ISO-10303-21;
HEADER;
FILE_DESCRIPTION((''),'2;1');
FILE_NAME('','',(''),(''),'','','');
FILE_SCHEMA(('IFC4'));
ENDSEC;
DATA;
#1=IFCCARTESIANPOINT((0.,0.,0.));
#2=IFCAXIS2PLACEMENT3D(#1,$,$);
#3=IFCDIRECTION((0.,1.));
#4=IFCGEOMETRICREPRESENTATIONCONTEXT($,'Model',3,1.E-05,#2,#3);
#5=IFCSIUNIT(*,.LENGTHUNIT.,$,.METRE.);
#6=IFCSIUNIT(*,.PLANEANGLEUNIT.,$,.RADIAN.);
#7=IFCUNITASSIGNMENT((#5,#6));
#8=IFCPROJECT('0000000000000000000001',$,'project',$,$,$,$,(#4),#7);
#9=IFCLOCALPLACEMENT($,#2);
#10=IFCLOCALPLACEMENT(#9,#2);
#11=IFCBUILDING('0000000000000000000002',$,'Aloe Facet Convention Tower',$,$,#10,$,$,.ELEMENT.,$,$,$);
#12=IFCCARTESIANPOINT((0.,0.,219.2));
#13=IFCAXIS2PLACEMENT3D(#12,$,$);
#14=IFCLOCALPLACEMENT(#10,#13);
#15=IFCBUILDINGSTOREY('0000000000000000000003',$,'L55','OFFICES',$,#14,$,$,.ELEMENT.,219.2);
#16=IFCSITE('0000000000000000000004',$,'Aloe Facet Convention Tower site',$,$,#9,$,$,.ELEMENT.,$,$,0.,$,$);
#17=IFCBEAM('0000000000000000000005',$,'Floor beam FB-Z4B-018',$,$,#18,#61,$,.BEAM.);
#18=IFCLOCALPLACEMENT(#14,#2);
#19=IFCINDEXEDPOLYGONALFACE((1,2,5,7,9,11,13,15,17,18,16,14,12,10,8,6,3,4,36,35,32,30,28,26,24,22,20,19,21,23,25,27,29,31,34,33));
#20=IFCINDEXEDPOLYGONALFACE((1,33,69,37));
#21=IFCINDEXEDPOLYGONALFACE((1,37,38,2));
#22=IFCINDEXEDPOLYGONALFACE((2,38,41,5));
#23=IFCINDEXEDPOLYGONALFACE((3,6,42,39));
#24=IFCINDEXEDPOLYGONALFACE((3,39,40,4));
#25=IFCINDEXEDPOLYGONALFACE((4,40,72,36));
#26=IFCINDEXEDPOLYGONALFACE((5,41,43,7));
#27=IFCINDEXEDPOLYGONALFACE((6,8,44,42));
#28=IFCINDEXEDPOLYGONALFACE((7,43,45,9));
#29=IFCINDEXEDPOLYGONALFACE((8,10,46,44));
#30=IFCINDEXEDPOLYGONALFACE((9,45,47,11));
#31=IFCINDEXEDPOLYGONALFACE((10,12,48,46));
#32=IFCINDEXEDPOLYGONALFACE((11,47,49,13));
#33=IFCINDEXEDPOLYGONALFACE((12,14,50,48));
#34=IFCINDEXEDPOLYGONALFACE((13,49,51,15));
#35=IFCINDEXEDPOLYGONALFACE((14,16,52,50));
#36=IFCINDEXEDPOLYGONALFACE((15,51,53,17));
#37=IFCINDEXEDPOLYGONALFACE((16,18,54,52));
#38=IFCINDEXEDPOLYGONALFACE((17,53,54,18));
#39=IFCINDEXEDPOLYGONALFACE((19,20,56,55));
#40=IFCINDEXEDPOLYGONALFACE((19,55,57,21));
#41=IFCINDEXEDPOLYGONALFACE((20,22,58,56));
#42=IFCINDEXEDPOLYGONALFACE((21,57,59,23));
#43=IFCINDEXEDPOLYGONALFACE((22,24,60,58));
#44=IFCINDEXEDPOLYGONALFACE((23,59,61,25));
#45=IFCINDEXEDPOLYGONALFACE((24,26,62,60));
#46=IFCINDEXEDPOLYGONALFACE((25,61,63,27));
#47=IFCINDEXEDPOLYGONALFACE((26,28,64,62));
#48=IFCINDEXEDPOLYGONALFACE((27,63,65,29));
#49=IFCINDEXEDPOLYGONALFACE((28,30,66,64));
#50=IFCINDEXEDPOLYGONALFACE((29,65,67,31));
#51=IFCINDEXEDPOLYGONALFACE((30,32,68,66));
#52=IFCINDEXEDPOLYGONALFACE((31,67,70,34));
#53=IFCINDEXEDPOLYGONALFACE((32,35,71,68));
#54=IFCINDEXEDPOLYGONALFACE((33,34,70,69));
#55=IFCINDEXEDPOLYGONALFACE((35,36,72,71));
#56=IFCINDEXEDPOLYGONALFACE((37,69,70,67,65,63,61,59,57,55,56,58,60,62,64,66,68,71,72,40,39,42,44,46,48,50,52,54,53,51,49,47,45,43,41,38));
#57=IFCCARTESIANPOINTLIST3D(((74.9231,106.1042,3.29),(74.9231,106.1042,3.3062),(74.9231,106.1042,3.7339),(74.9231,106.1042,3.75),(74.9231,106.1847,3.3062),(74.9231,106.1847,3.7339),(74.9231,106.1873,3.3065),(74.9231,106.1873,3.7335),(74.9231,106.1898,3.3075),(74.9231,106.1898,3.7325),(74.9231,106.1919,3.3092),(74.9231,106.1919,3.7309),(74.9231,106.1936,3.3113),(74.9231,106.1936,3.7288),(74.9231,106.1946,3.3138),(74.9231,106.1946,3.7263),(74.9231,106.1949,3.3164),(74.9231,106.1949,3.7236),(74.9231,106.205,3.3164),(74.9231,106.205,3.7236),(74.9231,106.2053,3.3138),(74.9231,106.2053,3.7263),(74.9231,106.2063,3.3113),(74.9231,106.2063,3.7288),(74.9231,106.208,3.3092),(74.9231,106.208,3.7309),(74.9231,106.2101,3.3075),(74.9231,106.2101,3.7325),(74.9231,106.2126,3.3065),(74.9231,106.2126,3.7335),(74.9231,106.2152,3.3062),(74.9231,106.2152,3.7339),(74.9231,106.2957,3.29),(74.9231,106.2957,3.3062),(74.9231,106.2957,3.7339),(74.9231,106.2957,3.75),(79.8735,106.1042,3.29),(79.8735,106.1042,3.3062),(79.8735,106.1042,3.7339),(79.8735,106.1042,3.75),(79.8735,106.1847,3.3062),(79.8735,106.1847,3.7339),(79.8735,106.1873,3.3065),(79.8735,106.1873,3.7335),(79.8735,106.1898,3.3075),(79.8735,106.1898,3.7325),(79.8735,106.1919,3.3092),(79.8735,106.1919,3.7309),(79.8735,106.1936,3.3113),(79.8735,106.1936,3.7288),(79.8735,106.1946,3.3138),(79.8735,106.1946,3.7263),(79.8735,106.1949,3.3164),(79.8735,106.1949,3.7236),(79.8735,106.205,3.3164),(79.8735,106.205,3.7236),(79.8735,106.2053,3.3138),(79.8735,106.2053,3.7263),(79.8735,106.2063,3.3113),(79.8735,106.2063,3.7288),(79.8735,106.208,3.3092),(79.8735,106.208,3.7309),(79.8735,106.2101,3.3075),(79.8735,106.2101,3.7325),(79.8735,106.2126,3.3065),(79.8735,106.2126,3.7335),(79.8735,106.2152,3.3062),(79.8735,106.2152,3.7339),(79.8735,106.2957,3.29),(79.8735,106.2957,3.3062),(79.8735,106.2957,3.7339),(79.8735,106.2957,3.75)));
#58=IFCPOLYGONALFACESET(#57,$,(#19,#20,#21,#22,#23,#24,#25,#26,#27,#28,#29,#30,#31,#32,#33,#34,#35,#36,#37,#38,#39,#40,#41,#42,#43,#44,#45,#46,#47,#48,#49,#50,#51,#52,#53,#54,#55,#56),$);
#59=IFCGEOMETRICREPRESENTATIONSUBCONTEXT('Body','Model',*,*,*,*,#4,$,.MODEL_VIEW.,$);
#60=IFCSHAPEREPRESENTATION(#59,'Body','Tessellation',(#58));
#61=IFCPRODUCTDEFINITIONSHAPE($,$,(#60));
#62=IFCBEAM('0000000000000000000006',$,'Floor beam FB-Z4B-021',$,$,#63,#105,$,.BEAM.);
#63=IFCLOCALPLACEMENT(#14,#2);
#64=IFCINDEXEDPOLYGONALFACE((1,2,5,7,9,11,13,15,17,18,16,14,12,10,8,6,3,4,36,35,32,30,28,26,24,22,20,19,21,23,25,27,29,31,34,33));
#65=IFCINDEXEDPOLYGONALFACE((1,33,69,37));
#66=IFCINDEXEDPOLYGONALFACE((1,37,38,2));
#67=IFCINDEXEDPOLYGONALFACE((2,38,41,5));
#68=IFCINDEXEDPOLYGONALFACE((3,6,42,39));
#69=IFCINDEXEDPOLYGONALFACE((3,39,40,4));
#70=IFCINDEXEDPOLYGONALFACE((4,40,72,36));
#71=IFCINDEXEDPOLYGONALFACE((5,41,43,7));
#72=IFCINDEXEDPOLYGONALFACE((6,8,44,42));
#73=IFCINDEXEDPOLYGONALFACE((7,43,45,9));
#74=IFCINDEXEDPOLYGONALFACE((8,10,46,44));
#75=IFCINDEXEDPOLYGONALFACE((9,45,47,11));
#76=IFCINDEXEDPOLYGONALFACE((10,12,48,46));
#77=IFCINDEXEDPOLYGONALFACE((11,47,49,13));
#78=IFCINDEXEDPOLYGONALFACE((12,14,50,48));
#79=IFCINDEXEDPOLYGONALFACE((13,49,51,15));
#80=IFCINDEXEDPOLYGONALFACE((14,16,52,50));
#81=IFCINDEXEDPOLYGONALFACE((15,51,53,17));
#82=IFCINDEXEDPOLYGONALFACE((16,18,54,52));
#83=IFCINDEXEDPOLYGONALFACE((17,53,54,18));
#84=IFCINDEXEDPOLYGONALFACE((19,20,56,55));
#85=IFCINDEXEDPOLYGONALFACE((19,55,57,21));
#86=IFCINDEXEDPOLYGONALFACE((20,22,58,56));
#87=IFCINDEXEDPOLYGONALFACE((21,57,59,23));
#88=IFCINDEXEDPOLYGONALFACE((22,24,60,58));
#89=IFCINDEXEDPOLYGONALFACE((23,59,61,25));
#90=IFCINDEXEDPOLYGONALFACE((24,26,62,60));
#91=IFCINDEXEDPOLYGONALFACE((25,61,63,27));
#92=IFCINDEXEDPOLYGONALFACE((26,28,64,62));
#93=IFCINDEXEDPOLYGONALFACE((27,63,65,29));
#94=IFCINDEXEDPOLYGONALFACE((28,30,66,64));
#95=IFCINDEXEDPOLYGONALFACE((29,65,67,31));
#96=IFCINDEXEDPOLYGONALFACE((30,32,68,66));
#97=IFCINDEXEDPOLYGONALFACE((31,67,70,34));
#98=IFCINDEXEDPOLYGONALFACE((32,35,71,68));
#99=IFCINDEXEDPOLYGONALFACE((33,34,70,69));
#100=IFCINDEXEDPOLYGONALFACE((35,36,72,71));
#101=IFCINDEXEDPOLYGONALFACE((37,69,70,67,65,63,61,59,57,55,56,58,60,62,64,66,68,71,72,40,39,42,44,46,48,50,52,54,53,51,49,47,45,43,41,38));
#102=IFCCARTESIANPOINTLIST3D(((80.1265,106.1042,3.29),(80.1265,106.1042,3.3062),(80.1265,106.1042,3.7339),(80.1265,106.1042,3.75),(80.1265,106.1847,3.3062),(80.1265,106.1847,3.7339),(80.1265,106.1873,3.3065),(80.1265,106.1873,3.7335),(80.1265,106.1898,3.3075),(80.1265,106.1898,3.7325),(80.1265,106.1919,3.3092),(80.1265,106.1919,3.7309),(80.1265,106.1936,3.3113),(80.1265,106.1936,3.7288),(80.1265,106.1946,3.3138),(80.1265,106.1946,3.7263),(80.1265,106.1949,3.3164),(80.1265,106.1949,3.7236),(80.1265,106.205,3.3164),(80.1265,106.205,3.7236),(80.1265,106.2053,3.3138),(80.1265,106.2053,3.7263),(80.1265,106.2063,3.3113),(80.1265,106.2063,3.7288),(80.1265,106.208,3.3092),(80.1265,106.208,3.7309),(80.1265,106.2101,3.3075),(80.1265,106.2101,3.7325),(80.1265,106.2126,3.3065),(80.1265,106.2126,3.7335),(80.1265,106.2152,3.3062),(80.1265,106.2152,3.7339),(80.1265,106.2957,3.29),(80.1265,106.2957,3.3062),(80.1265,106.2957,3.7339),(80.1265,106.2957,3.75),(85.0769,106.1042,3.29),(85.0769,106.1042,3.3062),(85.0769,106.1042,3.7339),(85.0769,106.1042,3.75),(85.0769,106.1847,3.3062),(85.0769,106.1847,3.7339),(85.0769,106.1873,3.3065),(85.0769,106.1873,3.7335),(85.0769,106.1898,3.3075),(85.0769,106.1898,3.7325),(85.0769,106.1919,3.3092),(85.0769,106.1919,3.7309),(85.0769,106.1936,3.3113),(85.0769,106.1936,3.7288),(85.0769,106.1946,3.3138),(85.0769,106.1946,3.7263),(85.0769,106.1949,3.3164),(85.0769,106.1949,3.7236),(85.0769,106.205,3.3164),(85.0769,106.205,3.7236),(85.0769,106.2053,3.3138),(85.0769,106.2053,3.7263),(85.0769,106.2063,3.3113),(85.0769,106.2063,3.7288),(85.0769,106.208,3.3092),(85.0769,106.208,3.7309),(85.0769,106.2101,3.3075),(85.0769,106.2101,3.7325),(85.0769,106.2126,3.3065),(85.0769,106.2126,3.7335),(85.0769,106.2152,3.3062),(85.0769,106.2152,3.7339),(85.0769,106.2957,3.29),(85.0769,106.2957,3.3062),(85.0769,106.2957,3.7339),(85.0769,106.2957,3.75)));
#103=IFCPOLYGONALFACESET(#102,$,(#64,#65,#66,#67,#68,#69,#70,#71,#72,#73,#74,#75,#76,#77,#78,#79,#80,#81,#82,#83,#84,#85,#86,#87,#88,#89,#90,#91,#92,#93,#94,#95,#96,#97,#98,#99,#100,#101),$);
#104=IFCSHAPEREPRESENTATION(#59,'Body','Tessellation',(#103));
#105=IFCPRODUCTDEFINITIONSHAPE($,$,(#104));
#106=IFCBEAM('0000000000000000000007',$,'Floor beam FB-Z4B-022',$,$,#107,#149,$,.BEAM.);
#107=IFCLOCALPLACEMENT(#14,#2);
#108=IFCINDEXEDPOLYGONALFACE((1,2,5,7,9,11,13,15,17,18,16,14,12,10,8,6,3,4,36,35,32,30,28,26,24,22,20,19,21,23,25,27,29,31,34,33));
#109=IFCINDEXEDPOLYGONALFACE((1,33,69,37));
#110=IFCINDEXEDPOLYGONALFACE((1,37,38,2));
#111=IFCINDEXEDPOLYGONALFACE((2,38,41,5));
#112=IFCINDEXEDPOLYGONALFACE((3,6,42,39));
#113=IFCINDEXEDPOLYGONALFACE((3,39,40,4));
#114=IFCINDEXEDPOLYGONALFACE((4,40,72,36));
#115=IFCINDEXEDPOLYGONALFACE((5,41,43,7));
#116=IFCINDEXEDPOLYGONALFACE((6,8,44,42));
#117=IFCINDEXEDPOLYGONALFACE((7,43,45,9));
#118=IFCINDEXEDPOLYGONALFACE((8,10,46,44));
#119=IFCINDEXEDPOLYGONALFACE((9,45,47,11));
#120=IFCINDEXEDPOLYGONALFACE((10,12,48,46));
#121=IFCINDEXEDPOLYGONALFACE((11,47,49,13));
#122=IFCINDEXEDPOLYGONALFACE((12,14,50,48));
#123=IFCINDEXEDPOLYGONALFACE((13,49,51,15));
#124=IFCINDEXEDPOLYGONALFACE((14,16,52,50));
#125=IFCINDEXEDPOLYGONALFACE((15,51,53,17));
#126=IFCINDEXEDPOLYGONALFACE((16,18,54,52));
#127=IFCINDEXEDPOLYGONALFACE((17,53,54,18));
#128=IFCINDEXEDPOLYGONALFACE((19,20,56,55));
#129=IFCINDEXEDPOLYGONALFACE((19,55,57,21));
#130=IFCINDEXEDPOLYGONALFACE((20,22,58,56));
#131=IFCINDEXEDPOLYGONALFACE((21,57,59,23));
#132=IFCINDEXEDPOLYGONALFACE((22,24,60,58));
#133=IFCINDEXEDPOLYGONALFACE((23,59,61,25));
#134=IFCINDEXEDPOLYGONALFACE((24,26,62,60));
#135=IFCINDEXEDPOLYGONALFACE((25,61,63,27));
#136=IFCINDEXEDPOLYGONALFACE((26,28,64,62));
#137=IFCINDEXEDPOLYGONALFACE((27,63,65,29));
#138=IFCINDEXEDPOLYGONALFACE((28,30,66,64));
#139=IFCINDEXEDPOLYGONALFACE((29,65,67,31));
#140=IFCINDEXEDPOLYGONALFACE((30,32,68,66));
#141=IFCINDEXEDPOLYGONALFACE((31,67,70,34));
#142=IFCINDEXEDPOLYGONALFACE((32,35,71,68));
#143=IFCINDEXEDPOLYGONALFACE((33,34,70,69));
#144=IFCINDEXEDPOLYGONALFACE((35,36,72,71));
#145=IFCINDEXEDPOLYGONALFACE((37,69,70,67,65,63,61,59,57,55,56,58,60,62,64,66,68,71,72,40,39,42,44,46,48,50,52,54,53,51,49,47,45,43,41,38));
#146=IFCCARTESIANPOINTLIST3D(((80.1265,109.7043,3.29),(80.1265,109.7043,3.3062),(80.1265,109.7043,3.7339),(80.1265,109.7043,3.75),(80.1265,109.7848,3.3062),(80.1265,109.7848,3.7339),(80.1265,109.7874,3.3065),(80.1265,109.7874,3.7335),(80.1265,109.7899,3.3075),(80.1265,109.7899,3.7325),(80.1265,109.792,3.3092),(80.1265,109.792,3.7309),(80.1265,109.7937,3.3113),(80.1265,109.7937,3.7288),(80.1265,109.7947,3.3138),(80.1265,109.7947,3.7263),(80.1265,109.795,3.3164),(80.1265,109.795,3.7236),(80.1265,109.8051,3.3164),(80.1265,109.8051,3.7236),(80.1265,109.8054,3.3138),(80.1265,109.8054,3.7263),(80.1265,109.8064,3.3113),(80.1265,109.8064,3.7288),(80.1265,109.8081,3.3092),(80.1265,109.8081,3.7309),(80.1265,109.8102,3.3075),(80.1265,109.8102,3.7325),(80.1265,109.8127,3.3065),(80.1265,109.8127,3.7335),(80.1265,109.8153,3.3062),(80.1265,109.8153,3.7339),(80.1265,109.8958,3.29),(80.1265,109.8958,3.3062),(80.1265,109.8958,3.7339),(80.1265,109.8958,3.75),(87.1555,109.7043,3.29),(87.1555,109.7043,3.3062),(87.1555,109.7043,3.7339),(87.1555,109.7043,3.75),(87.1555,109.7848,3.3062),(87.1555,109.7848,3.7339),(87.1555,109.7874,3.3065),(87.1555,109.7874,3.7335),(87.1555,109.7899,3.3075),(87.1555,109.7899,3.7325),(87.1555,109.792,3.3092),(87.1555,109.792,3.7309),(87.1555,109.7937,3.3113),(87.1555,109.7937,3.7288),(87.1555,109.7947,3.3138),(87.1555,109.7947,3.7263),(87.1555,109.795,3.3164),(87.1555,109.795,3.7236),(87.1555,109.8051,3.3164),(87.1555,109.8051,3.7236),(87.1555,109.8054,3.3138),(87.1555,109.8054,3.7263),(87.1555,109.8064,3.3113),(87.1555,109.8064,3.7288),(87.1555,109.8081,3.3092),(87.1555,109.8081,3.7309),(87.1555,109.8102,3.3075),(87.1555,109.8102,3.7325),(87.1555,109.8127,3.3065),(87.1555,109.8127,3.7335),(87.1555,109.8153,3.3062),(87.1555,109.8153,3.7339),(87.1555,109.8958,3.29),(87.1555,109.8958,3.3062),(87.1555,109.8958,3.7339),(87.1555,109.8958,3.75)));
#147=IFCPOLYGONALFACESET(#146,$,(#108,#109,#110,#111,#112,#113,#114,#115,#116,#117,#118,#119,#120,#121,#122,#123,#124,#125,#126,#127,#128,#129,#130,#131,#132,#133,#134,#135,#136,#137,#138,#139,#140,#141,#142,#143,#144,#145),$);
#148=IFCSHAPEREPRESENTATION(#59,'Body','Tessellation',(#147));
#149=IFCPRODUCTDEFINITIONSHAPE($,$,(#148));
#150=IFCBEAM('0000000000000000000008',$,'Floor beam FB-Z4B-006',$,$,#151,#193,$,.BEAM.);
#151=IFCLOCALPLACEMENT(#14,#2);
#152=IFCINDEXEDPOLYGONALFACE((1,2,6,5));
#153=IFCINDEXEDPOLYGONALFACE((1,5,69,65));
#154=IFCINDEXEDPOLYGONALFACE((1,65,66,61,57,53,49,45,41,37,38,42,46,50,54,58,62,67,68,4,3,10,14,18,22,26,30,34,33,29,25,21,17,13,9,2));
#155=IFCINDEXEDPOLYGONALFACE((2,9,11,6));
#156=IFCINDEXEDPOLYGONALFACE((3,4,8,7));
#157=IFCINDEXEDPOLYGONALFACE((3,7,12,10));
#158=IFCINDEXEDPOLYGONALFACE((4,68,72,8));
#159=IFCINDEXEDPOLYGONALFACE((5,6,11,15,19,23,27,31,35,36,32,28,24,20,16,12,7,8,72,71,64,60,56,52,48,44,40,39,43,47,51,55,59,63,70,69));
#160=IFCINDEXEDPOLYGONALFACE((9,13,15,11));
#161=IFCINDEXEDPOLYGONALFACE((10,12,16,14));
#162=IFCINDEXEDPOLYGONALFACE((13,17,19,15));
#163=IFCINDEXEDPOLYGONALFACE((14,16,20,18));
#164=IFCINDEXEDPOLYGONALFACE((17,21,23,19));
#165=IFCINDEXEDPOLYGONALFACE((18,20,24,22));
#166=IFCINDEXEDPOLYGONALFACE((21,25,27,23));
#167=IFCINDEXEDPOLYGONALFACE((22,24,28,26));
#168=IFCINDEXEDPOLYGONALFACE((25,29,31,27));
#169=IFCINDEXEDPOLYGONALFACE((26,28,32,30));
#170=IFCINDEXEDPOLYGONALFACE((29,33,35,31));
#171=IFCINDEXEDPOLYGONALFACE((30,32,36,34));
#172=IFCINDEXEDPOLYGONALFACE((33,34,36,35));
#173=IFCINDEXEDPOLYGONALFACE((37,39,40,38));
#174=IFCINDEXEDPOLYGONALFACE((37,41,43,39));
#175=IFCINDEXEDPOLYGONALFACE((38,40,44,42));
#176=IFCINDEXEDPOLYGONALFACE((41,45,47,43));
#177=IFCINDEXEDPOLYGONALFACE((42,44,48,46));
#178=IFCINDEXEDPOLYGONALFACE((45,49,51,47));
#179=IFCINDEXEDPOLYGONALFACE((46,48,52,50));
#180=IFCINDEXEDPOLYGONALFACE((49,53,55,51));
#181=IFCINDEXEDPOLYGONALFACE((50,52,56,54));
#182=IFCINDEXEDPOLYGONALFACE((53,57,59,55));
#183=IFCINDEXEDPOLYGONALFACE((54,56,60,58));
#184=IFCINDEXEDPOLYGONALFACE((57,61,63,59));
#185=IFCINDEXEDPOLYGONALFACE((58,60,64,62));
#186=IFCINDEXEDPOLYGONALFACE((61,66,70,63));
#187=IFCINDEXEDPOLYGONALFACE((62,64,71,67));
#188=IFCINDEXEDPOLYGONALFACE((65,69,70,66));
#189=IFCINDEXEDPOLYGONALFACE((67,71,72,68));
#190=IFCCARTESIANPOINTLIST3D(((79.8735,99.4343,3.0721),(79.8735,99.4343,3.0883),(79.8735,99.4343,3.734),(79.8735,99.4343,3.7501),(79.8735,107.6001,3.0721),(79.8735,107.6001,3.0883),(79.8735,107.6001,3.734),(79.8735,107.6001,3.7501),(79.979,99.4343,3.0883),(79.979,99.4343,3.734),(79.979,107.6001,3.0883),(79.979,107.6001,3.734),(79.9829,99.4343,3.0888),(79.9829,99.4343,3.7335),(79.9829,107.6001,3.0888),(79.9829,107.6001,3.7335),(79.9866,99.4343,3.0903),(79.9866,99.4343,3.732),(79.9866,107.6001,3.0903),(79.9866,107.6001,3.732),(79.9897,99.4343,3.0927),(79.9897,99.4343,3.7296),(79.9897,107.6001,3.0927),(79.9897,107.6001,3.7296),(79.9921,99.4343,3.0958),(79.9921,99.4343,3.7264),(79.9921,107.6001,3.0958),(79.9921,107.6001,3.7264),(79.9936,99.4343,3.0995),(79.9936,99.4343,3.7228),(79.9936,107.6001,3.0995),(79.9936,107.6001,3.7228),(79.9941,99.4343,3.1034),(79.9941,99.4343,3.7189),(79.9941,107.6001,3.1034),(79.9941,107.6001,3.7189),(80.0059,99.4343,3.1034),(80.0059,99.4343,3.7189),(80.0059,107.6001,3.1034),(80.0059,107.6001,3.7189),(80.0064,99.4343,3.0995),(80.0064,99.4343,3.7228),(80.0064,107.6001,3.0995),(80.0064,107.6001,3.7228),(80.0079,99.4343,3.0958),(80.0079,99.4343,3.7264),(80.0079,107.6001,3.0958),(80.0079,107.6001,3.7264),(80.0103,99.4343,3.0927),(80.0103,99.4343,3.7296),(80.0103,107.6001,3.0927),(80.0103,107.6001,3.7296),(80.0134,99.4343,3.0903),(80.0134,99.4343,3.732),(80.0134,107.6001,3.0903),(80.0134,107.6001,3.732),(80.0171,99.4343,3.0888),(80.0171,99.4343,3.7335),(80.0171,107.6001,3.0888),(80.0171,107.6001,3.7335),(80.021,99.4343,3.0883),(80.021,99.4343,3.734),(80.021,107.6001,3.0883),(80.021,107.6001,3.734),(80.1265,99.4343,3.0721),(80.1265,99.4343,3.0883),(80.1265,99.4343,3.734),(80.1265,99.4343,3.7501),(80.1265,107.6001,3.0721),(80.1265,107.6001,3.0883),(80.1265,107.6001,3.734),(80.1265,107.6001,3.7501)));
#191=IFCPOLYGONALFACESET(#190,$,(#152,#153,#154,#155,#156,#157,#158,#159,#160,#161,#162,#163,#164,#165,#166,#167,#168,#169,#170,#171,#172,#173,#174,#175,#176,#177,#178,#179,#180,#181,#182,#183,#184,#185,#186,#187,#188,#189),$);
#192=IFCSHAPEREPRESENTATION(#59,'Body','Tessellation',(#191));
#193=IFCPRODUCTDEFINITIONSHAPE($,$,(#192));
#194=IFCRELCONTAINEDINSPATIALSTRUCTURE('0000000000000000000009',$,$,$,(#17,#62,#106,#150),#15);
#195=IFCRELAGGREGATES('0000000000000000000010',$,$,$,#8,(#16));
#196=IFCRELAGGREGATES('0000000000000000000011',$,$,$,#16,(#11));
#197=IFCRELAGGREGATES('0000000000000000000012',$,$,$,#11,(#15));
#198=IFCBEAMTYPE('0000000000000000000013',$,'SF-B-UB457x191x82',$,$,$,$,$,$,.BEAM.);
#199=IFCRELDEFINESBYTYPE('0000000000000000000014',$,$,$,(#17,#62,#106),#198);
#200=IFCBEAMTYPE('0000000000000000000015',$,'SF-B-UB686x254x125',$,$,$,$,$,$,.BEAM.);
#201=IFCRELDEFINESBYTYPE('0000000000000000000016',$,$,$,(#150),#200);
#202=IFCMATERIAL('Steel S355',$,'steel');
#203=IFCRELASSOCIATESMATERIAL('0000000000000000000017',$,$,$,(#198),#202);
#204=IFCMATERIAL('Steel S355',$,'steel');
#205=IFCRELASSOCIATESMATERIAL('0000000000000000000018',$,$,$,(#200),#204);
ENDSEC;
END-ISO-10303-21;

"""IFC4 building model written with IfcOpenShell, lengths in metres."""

from ifc_helpers import new_model, si_unit, direction, frame, origin, origin_2d, place, context, subcontext, project, spatial, i_section, extrude, material, material_profile, profile_set, type_object, element, save


model = new_model("IFC4")

# Units and contexts
model_context = context("Model", 3, precision=1e-05, world=origin(), true_north=direction((0.0, 1.0)))
body_context = subcontext(model_context, "Body", "Model", "MODEL_VIEW")
ifc_project = project(units=[si_unit("LENGTHUNIT", "METRE"), si_unit("PLANEANGLEUNIT", "RADIAN")], contexts=[model_context])

# Site, building, storey
site_placement = place(None, origin())
site = spatial("IfcSite", under=ifc_project, at=site_placement, Name="Aloe Facet Convention Tower site", CompositionType="ELEMENT", RefElevation=0.0)
building_placement = place(site_placement, origin())
building = spatial("IfcBuilding", under=site, at=building_placement, Name="Aloe Facet Convention Tower", CompositionType="ELEMENT")
storey_placement = place(building_placement, frame((0.0, 0.0, 219.2)))
storey = spatial("IfcBuildingStorey", under=building, at=storey_placement, Name="L55", Description="OFFICES", CompositionType="ELEMENT", Elevation=219.2)

# Beams
ifc_material_1 = material(Name="Steel S355", Category="steel")
ifc_material_profile_1 = material_profile(ifc_material_1, i_section(OverallWidth=0.1914, OverallDepth=0.46, WebThickness=0.01, FlangeThickness=0.0161, FilletRadius=0.0103, at=origin_2d()), Name="UB 457x191x82")
ifc_profile_set_1 = profile_set([ifc_material_profile_1], Name="Steel S355")
beam_type_1 = type_object("IfcBeamType", Name="SF-B-UB457x191x82", PredefinedType="BEAM", material=ifc_profile_set_1)
for number, where, z_axis, x_axis, name in (
    (1, (74.9231, 106.2, 3.52), (1.0, 0.0, 0.0), (0.0, 1.0, 0.0), "Floor beam FB-Z4B-018"),
    (2, (80.1265, 106.2, 3.52), (1.0, 0.0, 0.0), (0.0, 1.0, 0.0), "Floor beam FB-Z4B-021"),
):
    element("IfcBeam", number, at=place(storey_placement, frame(where, z_axis=z_axis, x_axis=x_axis)), inside=storey, type_object=beam_type_1, Name=name, PredefinedType="BEAM", context=body_context, shape_type="SweptSolid", body=[
        extrude(i_section(OverallWidth=0.1914, OverallDepth=0.46, WebThickness=0.01, FlangeThickness=0.0161, FilletRadius=0.0103, at=origin_2d()), origin(), (0.0, 0.0, 1.0), 4.9504),
    ])
beam_1_placement = place(storey_placement, frame((80.1265, 109.8, 3.52), z_axis=(1.0, 0.0, 0.0), x_axis=(0.0, 1.0, 0.0)))
element("IfcBeam", 3, at=beam_1_placement, inside=storey, type_object=beam_type_1, Name="Floor beam FB-Z4B-022", PredefinedType="BEAM", context=body_context, shape_type="SweptSolid", body=[
    extrude(i_section(OverallWidth=0.1914, OverallDepth=0.46, WebThickness=0.01, FlangeThickness=0.0161, FilletRadius=0.0103, at=origin_2d()), origin(), (0.0, 0.0, 1.0), 7.0291),
])
ifc_material_2 = material(Name="Steel S355", Category="steel")
ifc_material_profile_2 = material_profile(ifc_material_2, i_section(OverallWidth=0.2529, OverallDepth=0.678, WebThickness=0.0117, FlangeThickness=0.0161, FilletRadius=0.0151, at=origin_2d()), Name="UB 686x254x125")
ifc_profile_set_2 = profile_set([ifc_material_profile_2], Name="Steel S355")
beam_type_2 = type_object("IfcBeamType", Name="SF-B-UB686x254x125", PredefinedType="BEAM", material=ifc_profile_set_2)
beam_2_placement = place(storey_placement, frame((80.0, 107.6001, 3.4111), z_axis=(0.0, -1.0, 0.0), x_axis=(1.0, 0.0, 0.0)))
element("IfcBeam", 4, at=beam_2_placement, inside=storey, type_object=beam_type_2, Name="Floor beam FB-Z4B-006", PredefinedType="BEAM", context=body_context, shape_type="SweptSolid", body=[
    extrude(i_section(OverallWidth=0.2529, OverallDepth=0.678, WebThickness=0.0117, FlangeThickness=0.0161, FilletRadius=0.0151, at=origin_2d()), origin(), (0.0, 0.0, 1.0), 8.1658),
])

save(model, "model.ifc")
